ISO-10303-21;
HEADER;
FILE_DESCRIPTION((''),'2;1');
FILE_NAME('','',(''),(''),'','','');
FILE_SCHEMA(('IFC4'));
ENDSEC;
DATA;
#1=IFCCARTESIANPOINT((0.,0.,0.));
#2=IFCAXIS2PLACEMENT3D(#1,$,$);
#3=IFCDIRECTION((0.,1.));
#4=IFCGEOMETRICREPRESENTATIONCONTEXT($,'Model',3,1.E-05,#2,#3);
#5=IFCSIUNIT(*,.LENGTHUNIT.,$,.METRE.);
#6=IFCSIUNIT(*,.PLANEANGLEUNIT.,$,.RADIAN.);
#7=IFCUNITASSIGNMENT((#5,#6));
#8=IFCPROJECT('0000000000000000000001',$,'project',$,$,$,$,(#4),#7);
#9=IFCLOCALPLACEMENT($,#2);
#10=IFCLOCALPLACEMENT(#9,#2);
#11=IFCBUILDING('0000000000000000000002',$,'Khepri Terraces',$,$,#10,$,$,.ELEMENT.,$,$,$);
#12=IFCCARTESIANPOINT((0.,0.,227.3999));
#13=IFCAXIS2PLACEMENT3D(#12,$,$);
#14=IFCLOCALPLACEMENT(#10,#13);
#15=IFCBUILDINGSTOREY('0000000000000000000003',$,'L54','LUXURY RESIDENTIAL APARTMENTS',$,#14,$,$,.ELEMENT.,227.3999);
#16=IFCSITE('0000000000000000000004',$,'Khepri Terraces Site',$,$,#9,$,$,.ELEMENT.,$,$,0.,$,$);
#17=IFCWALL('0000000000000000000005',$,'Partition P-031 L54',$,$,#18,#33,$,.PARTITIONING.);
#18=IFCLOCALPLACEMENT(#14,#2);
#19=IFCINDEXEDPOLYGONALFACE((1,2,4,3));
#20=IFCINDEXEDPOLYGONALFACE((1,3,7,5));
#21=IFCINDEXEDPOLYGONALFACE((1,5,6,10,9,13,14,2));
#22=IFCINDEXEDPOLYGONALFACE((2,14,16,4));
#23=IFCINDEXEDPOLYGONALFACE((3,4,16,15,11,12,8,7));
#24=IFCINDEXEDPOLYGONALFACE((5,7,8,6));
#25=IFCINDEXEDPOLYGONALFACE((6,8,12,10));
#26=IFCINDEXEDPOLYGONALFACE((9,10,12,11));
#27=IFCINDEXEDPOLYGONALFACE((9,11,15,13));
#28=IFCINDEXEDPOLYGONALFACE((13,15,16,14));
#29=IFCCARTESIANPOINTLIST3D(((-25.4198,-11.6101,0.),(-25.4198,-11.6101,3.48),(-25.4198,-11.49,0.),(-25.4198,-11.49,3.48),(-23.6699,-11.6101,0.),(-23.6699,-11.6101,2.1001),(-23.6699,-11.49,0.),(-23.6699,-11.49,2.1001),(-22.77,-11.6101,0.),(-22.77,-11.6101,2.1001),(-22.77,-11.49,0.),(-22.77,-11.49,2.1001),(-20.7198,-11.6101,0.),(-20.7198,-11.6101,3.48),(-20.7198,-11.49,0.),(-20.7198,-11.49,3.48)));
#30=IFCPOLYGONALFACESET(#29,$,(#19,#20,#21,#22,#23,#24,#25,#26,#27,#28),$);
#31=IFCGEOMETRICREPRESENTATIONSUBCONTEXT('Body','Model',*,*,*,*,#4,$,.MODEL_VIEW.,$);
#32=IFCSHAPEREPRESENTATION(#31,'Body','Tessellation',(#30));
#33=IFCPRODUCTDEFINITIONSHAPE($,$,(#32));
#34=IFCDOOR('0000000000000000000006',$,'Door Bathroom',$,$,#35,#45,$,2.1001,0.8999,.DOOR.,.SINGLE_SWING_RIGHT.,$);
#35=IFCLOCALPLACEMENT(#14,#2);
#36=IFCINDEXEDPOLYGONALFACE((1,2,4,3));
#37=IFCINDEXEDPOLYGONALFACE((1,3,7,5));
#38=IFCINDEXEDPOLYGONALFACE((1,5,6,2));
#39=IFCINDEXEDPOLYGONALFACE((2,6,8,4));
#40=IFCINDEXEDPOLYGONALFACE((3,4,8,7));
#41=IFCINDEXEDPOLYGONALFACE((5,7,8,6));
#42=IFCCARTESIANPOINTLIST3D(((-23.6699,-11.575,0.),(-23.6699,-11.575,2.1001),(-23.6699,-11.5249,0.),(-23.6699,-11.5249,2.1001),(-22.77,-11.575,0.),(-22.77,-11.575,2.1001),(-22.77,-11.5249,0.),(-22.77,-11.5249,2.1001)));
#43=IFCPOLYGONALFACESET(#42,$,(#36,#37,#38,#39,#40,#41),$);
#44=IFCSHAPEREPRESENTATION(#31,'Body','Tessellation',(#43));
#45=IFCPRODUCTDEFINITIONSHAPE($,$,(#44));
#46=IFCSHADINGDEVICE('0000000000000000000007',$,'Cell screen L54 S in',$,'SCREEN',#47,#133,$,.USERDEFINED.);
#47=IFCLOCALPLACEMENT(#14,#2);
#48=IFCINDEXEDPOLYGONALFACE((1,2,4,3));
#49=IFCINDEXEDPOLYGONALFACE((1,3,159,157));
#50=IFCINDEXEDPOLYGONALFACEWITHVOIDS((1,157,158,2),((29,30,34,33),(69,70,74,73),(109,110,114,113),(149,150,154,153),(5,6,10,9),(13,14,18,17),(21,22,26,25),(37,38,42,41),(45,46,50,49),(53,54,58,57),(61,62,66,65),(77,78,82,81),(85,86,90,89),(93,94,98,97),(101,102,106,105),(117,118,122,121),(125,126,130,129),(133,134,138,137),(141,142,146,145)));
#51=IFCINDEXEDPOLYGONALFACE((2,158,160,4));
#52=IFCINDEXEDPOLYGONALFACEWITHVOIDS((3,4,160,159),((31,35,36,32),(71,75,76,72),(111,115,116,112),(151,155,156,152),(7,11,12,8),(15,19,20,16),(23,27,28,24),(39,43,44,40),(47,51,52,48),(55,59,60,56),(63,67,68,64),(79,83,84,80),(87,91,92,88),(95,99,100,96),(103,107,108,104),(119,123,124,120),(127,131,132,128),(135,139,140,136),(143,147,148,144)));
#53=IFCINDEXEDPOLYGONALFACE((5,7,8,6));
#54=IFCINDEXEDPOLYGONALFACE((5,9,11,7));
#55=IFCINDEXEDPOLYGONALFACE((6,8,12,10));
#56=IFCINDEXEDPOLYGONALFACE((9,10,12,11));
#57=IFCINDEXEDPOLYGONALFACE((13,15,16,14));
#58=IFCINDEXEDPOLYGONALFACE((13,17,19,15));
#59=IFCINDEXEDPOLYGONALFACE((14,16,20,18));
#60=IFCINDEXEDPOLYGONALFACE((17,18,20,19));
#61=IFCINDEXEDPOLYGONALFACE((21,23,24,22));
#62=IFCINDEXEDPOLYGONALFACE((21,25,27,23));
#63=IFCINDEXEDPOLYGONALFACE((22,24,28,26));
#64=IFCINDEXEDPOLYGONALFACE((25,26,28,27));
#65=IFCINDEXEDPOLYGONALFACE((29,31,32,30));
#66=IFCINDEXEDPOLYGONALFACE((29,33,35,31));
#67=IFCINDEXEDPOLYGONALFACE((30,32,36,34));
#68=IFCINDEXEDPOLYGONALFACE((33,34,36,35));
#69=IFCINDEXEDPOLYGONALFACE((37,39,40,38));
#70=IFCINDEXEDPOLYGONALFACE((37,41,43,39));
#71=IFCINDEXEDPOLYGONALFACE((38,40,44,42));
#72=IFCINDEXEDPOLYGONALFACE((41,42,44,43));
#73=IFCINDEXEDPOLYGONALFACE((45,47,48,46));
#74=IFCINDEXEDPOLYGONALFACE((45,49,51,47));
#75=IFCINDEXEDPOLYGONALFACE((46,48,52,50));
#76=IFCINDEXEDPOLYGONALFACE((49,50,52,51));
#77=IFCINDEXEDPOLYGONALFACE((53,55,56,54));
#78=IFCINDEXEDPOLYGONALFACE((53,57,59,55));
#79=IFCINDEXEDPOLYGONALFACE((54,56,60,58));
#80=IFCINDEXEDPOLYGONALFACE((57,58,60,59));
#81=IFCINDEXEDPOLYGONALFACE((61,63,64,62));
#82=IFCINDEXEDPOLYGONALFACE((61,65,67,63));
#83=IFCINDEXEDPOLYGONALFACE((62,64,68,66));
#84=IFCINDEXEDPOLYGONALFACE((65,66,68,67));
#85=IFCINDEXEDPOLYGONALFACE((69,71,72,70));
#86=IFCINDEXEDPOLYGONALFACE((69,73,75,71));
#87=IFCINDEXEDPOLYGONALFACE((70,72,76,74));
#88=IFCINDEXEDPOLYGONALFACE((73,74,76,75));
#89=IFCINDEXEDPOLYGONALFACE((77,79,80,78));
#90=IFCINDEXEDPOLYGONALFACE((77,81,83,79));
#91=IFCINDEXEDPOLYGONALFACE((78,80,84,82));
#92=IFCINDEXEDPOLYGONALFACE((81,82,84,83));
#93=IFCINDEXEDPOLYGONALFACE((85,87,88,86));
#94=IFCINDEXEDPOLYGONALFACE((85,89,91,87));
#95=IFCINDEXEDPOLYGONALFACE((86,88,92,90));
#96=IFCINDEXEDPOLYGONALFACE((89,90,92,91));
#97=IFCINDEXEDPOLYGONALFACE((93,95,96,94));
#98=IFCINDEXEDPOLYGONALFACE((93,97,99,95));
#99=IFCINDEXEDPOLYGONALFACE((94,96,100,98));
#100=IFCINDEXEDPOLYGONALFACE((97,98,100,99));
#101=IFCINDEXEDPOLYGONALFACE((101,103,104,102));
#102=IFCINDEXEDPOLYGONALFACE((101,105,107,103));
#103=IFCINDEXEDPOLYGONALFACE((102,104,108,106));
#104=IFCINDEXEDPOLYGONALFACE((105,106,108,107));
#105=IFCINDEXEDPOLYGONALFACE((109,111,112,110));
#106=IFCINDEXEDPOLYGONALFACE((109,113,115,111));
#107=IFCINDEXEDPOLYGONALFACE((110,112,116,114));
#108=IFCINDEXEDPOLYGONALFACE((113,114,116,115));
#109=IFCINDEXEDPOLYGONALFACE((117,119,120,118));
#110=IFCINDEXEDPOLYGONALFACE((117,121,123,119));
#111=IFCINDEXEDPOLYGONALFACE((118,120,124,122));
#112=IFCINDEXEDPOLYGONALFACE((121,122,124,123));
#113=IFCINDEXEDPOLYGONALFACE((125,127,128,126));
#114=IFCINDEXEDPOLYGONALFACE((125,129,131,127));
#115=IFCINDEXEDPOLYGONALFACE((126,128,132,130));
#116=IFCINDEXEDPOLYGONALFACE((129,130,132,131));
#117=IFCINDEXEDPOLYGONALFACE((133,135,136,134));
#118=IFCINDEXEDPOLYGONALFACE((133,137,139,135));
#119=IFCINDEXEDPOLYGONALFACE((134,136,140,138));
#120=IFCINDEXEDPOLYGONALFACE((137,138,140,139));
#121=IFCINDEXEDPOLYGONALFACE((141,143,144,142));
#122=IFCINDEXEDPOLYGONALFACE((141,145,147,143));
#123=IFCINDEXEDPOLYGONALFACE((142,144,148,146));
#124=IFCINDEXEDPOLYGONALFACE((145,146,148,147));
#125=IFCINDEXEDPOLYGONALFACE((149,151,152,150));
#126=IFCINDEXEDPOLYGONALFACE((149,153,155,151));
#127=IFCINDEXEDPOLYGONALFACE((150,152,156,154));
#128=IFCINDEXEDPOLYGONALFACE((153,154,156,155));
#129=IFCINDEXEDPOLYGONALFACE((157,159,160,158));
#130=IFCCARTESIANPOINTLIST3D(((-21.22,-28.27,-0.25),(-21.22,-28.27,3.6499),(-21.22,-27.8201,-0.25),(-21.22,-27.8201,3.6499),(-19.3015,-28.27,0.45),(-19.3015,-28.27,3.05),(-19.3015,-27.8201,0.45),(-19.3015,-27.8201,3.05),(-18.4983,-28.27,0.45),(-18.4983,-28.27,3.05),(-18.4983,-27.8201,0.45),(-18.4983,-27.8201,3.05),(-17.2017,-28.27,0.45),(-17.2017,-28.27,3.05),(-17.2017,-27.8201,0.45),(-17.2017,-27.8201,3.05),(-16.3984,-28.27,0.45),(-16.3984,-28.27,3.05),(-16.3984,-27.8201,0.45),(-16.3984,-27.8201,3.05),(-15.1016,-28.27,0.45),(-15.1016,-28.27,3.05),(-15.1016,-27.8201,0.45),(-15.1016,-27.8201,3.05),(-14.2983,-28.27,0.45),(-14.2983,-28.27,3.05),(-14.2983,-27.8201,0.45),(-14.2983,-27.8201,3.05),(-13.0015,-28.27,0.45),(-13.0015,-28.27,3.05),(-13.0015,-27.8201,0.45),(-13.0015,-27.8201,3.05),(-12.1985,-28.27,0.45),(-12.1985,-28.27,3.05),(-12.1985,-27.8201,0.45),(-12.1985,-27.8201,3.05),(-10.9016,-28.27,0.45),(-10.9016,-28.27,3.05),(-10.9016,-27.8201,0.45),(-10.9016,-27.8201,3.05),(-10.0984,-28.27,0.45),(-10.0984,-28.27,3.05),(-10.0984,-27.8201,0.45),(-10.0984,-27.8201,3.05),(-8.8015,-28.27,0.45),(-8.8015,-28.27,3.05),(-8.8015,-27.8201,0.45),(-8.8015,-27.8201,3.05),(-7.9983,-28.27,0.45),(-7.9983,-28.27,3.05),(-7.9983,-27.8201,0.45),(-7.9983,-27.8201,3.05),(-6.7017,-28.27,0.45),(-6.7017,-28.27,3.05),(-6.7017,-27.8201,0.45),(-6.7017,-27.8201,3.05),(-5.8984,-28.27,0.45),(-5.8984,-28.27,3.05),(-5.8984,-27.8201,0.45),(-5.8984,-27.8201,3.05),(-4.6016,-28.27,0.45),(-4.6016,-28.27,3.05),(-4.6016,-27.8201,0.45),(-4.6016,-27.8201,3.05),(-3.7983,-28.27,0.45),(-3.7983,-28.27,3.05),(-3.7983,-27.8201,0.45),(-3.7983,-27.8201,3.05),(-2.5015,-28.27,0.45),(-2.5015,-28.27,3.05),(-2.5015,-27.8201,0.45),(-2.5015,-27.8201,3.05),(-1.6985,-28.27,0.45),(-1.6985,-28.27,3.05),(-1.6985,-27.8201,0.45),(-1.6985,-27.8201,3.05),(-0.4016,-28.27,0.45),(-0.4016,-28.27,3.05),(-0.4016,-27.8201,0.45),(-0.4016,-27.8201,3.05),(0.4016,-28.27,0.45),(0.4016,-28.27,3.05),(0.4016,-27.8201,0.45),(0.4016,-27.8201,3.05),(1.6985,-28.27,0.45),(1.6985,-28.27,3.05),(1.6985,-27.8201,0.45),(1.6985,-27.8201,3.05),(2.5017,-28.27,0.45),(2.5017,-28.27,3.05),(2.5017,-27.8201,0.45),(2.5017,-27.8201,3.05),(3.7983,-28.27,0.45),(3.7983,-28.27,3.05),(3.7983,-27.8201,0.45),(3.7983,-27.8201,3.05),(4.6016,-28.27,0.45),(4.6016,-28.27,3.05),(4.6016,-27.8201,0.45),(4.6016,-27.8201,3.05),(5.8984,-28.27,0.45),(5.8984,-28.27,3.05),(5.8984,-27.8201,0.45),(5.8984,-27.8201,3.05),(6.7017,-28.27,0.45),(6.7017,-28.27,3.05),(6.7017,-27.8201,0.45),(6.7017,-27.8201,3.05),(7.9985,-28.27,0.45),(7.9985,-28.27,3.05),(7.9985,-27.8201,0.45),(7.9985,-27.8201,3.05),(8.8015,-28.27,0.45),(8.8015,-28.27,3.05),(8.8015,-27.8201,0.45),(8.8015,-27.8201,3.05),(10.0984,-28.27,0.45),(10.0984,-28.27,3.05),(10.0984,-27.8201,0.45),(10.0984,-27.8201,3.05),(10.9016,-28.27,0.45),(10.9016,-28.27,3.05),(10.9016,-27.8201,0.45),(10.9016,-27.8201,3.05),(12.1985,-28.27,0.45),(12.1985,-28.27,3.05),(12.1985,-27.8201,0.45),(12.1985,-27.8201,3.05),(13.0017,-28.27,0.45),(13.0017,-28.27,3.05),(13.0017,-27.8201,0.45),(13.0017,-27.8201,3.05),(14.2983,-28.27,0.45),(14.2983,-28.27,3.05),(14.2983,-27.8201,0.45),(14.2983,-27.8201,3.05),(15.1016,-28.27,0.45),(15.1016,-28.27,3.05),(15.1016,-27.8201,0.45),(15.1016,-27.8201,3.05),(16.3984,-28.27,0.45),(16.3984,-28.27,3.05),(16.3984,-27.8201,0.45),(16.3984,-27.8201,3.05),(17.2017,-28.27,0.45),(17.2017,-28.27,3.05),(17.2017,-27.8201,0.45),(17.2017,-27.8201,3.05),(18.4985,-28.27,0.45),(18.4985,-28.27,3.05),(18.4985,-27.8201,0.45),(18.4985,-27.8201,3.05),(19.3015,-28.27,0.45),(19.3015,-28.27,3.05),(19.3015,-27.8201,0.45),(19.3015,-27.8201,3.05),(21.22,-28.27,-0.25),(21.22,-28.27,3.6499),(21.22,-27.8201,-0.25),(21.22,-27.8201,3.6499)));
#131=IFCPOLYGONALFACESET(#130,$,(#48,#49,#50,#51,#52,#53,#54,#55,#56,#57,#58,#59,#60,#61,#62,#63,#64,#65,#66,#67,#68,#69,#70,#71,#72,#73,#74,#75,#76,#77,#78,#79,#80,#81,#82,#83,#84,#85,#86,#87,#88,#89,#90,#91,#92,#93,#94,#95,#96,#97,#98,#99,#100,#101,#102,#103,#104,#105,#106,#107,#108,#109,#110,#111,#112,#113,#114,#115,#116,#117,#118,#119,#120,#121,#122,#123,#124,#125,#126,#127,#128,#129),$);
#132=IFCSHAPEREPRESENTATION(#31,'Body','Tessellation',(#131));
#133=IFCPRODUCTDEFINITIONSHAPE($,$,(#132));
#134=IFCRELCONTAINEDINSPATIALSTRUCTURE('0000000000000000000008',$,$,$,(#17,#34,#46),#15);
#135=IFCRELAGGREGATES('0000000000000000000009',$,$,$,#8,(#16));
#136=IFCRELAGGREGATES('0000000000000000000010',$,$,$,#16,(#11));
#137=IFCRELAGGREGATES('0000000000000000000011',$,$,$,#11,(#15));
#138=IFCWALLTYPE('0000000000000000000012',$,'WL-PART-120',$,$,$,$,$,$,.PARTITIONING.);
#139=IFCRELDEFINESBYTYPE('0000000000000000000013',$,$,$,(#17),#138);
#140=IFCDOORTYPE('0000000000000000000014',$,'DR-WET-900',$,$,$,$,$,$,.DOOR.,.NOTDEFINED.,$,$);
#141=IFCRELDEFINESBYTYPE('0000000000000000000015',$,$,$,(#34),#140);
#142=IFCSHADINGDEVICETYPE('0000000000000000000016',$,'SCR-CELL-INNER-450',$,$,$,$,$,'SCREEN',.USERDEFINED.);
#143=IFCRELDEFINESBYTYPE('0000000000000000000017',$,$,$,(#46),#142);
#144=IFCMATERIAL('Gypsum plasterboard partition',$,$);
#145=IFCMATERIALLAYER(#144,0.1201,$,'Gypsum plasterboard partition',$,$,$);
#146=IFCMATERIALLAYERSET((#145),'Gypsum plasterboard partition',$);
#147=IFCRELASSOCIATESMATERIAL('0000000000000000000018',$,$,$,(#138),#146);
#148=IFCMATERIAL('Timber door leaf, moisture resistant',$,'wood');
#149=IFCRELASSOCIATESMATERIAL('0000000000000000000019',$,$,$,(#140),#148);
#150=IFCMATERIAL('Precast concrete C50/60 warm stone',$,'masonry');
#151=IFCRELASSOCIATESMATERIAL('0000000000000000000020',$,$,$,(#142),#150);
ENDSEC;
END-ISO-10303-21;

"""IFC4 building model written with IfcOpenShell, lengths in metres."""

from ifc_helpers import new_model, si_unit, direction, frame, frame_2d, origin, place, context, subcontext, project, spatial, polyline, rectangle, outline, extrude, material, layer, layer_set, type_object, element, fill, save


model = new_model("IFC4")

# Units and contexts
model_context = context("Model", 3, precision=1e-05, world=origin(), true_north=direction((0.0, 1.0)))
body_context = subcontext(model_context, "Body", "Model", "MODEL_VIEW")
ifc_project = project(units=[si_unit("LENGTHUNIT", "METRE"), si_unit("PLANEANGLEUNIT", "RADIAN")], contexts=[model_context])

# Site, building, storey
site_placement = place(None, origin())
site = spatial("IfcSite", under=ifc_project, at=site_placement, Name="Khepri Terraces Site", CompositionType="ELEMENT", RefElevation=0.0)
building_placement = place(site_placement, origin())
building = spatial("IfcBuilding", under=site, at=building_placement, Name="Khepri Terraces", CompositionType="ELEMENT")
storey_placement = place(building_placement, frame((0.0, 0.0, 227.3999)))
storey = spatial("IfcBuildingStorey", under=building, at=storey_placement, Name="L54", Description="LUXURY RESIDENTIAL APARTMENTS", CompositionType="ELEMENT", Elevation=227.3999)

# Shared definitions
ifc_material_1 = material(Name="Precast concrete C50/60 warm stone", Category="masonry")

# Shared definitions
ifc_material_2 = material(Name="Gypsum plasterboard partition")
ifc_layer_1 = layer(ifc_material_2, 0.1201, Name="Gypsum plasterboard partition")
ifc_layer_set_1 = layer_set([ifc_layer_1], Name="Gypsum plasterboard partition")
wall_type_1 = type_object("IfcWallType", Name="WL-PART-120", PredefinedType="PARTITIONING", material=ifc_layer_set_1)

# Wall, opening, door
ifc_material_3 = material(Name="Timber door leaf, moisture resistant", Category="wood")
door_type_1 = type_object("IfcDoorType", Name="DR-WET-900", OperationType="NOTDEFINED", PredefinedType="DOOR", material=ifc_material_3)
wall_1_placement = place(storey_placement, frame((-25.4199, -11.55, 0.0), z_axis=(0.0, 0.0, 1.0), x_axis=(1.0, 0.0, 0.0)))
wall_1 = element("IfcWall", 1, at=wall_1_placement, inside=storey, type_object=wall_type_1, Name="Partition P-031 L54", PredefinedType="PARTITIONING", context=body_context, shape_type="SweptSolid", body=[
    extrude(rectangle(XDim=4.7, YDim=0.1201, at=frame_2d((2.3501, 0.0))), origin(), (0.0, 0.0, 1.0), 3.48),
])
opening_1_placement = place(wall_1_placement, frame((1.75, 0.0, 0.0)))
opening_1 = element("IfcOpeningElement", 2, at=opening_1_placement, cuts=wall_1, PredefinedType="OPENING", context=body_context, shape_type="SweptSolid", body=[
    extrude(rectangle(XDim=0.8999, YDim=2.1001, at=frame_2d((0.45, 1.05))), frame((0.0, 0.0701, 0.0), z_axis=(0.0, -1.0, 0.0), x_axis=(1.0, 0.0, 0.0)), (0.0, 0.0, 1.0), 0.1401),
])
door_1_placement = place(opening_1_placement, frame((0.8999, 0.0, 0.0), z_axis=(0.0, 0.0, 1.0), x_axis=(-1.0, 0.0, 0.0)))
door_1 = element("IfcDoor", 3, at=door_1_placement, inside=storey, type_object=door_type_1, Name="Door Bathroom", OperationType="SINGLE_SWING_RIGHT", OverallHeight=2.1001, OverallWidth=0.8999, PredefinedType="DOOR", context=body_context, shape_type="SweptSolid", body=[
    extrude(rectangle(XDim=0.8999, YDim=2.1001, at=frame_2d((0.45, 1.05))), frame((0.0, 0.0249, 0.0), z_axis=(0.0, -1.0, 0.0), x_axis=(1.0, 0.0, 0.0)), (0.0, 0.0, 1.0), 0.05),
])
fill(opening_1, door_1)

# Shading device
shading_device_type_1 = type_object("IfcShadingDeviceType", Name="SCR-CELL-INNER-450", ElementType="SCREEN", PredefinedType="USERDEFINED", material=ifc_material_1)
shading_device_1_placement = place(storey_placement, frame((-21.22, -27.8201, -0.25), z_axis=(0.0, -1.0, 0.0), x_axis=(1.0, 0.0, 0.0)))
element("IfcShadingDevice", 4, at=shading_device_1_placement, inside=storey, type_object=shading_device_type_1, Name="Cell screen L54 S in", ObjectType="SCREEN", PredefinedType="USERDEFINED", context=body_context, shape_type="SweptSolid", body=[
    extrude(outline(polyline([(0.0, 0.0), (42.4399, 0.0), (42.4399, 3.8999), (0.0, 3.8999), (0.0, 0.0)]), holes=[polyline([(1.9185, 0.7), (2.7217, 0.7), (2.7217, 3.3), (1.9185, 3.3), (1.9185, 0.7)]), polyline([(4.0183, 0.7), (4.8215, 0.7), (4.8215, 3.3), (4.0183, 3.3), (4.0183, 0.7)]), polyline([(6.1184, 0.7), (6.9216, 0.7), (6.9216, 3.3), (6.1184, 3.3), (6.1184, 0.7)]), polyline([(8.2185, 0.7), (9.0215, 0.7), (9.0215, 3.3), (8.2185, 3.3), (8.2185, 0.7)]), polyline([(10.3184, 0.7), (11.1216, 0.7), (11.1216, 3.3), (10.3184, 3.3), (10.3184, 0.7)]), polyline([(12.4185, 0.7), (13.2217, 0.7), (13.2217, 3.3), (12.4185, 3.3), (12.4185, 0.7)]), polyline([(14.5183, 0.7), (15.3215, 0.7), (15.3215, 3.3), (14.5183, 3.3), (14.5183, 0.7)]), polyline([(16.6184, 0.7), (17.4216, 0.7), (17.4216, 3.3), (16.6184, 3.3), (16.6184, 0.7)]), polyline([(18.7185, 0.7), (19.5215, 0.7), (19.5215, 3.3), (18.7185, 3.3), (18.7185, 0.7)]), polyline([(20.8184, 0.7), (21.6216, 0.7), (21.6216, 3.3), (20.8184, 3.3), (20.8184, 0.7)]), polyline([(22.9185, 0.7), (23.7217, 0.7), (23.7217, 3.3), (22.9185, 3.3), (22.9185, 0.7)]), polyline([(25.0183, 0.7), (25.8215, 0.7), (25.8215, 3.3), (25.0183, 3.3), (25.0183, 0.7)]), polyline([(27.1184, 0.7), (27.9216, 0.7), (27.9216, 3.3), (27.1184, 3.3), (27.1184, 0.7)]), polyline([(29.2185, 0.7), (30.0215, 0.7), (30.0215, 3.3), (29.2185, 3.3), (29.2185, 0.7)]), polyline([(31.3184, 0.7), (32.1216, 0.7), (32.1216, 3.3), (31.3184, 3.3), (31.3184, 0.7)]), polyline([(33.4185, 0.7), (34.2217, 0.7), (34.2217, 3.3), (33.4185, 3.3), (33.4185, 0.7)]), polyline([(35.5183, 0.7), (36.3215, 0.7), (36.3215, 3.3), (35.5183, 3.3), (35.5183, 0.7)]), polyline([(37.6184, 0.7), (38.4216, 0.7), (38.4216, 3.3), (37.6184, 3.3), (37.6184, 0.7)]), polyline([(39.7185, 0.7), (40.5215, 0.7), (40.5215, 3.3), (39.7185, 3.3), (39.7185, 0.7)])]), origin(), (0.0, 0.0, 1.0), 0.45),
])

save(model, "model.ifc")
